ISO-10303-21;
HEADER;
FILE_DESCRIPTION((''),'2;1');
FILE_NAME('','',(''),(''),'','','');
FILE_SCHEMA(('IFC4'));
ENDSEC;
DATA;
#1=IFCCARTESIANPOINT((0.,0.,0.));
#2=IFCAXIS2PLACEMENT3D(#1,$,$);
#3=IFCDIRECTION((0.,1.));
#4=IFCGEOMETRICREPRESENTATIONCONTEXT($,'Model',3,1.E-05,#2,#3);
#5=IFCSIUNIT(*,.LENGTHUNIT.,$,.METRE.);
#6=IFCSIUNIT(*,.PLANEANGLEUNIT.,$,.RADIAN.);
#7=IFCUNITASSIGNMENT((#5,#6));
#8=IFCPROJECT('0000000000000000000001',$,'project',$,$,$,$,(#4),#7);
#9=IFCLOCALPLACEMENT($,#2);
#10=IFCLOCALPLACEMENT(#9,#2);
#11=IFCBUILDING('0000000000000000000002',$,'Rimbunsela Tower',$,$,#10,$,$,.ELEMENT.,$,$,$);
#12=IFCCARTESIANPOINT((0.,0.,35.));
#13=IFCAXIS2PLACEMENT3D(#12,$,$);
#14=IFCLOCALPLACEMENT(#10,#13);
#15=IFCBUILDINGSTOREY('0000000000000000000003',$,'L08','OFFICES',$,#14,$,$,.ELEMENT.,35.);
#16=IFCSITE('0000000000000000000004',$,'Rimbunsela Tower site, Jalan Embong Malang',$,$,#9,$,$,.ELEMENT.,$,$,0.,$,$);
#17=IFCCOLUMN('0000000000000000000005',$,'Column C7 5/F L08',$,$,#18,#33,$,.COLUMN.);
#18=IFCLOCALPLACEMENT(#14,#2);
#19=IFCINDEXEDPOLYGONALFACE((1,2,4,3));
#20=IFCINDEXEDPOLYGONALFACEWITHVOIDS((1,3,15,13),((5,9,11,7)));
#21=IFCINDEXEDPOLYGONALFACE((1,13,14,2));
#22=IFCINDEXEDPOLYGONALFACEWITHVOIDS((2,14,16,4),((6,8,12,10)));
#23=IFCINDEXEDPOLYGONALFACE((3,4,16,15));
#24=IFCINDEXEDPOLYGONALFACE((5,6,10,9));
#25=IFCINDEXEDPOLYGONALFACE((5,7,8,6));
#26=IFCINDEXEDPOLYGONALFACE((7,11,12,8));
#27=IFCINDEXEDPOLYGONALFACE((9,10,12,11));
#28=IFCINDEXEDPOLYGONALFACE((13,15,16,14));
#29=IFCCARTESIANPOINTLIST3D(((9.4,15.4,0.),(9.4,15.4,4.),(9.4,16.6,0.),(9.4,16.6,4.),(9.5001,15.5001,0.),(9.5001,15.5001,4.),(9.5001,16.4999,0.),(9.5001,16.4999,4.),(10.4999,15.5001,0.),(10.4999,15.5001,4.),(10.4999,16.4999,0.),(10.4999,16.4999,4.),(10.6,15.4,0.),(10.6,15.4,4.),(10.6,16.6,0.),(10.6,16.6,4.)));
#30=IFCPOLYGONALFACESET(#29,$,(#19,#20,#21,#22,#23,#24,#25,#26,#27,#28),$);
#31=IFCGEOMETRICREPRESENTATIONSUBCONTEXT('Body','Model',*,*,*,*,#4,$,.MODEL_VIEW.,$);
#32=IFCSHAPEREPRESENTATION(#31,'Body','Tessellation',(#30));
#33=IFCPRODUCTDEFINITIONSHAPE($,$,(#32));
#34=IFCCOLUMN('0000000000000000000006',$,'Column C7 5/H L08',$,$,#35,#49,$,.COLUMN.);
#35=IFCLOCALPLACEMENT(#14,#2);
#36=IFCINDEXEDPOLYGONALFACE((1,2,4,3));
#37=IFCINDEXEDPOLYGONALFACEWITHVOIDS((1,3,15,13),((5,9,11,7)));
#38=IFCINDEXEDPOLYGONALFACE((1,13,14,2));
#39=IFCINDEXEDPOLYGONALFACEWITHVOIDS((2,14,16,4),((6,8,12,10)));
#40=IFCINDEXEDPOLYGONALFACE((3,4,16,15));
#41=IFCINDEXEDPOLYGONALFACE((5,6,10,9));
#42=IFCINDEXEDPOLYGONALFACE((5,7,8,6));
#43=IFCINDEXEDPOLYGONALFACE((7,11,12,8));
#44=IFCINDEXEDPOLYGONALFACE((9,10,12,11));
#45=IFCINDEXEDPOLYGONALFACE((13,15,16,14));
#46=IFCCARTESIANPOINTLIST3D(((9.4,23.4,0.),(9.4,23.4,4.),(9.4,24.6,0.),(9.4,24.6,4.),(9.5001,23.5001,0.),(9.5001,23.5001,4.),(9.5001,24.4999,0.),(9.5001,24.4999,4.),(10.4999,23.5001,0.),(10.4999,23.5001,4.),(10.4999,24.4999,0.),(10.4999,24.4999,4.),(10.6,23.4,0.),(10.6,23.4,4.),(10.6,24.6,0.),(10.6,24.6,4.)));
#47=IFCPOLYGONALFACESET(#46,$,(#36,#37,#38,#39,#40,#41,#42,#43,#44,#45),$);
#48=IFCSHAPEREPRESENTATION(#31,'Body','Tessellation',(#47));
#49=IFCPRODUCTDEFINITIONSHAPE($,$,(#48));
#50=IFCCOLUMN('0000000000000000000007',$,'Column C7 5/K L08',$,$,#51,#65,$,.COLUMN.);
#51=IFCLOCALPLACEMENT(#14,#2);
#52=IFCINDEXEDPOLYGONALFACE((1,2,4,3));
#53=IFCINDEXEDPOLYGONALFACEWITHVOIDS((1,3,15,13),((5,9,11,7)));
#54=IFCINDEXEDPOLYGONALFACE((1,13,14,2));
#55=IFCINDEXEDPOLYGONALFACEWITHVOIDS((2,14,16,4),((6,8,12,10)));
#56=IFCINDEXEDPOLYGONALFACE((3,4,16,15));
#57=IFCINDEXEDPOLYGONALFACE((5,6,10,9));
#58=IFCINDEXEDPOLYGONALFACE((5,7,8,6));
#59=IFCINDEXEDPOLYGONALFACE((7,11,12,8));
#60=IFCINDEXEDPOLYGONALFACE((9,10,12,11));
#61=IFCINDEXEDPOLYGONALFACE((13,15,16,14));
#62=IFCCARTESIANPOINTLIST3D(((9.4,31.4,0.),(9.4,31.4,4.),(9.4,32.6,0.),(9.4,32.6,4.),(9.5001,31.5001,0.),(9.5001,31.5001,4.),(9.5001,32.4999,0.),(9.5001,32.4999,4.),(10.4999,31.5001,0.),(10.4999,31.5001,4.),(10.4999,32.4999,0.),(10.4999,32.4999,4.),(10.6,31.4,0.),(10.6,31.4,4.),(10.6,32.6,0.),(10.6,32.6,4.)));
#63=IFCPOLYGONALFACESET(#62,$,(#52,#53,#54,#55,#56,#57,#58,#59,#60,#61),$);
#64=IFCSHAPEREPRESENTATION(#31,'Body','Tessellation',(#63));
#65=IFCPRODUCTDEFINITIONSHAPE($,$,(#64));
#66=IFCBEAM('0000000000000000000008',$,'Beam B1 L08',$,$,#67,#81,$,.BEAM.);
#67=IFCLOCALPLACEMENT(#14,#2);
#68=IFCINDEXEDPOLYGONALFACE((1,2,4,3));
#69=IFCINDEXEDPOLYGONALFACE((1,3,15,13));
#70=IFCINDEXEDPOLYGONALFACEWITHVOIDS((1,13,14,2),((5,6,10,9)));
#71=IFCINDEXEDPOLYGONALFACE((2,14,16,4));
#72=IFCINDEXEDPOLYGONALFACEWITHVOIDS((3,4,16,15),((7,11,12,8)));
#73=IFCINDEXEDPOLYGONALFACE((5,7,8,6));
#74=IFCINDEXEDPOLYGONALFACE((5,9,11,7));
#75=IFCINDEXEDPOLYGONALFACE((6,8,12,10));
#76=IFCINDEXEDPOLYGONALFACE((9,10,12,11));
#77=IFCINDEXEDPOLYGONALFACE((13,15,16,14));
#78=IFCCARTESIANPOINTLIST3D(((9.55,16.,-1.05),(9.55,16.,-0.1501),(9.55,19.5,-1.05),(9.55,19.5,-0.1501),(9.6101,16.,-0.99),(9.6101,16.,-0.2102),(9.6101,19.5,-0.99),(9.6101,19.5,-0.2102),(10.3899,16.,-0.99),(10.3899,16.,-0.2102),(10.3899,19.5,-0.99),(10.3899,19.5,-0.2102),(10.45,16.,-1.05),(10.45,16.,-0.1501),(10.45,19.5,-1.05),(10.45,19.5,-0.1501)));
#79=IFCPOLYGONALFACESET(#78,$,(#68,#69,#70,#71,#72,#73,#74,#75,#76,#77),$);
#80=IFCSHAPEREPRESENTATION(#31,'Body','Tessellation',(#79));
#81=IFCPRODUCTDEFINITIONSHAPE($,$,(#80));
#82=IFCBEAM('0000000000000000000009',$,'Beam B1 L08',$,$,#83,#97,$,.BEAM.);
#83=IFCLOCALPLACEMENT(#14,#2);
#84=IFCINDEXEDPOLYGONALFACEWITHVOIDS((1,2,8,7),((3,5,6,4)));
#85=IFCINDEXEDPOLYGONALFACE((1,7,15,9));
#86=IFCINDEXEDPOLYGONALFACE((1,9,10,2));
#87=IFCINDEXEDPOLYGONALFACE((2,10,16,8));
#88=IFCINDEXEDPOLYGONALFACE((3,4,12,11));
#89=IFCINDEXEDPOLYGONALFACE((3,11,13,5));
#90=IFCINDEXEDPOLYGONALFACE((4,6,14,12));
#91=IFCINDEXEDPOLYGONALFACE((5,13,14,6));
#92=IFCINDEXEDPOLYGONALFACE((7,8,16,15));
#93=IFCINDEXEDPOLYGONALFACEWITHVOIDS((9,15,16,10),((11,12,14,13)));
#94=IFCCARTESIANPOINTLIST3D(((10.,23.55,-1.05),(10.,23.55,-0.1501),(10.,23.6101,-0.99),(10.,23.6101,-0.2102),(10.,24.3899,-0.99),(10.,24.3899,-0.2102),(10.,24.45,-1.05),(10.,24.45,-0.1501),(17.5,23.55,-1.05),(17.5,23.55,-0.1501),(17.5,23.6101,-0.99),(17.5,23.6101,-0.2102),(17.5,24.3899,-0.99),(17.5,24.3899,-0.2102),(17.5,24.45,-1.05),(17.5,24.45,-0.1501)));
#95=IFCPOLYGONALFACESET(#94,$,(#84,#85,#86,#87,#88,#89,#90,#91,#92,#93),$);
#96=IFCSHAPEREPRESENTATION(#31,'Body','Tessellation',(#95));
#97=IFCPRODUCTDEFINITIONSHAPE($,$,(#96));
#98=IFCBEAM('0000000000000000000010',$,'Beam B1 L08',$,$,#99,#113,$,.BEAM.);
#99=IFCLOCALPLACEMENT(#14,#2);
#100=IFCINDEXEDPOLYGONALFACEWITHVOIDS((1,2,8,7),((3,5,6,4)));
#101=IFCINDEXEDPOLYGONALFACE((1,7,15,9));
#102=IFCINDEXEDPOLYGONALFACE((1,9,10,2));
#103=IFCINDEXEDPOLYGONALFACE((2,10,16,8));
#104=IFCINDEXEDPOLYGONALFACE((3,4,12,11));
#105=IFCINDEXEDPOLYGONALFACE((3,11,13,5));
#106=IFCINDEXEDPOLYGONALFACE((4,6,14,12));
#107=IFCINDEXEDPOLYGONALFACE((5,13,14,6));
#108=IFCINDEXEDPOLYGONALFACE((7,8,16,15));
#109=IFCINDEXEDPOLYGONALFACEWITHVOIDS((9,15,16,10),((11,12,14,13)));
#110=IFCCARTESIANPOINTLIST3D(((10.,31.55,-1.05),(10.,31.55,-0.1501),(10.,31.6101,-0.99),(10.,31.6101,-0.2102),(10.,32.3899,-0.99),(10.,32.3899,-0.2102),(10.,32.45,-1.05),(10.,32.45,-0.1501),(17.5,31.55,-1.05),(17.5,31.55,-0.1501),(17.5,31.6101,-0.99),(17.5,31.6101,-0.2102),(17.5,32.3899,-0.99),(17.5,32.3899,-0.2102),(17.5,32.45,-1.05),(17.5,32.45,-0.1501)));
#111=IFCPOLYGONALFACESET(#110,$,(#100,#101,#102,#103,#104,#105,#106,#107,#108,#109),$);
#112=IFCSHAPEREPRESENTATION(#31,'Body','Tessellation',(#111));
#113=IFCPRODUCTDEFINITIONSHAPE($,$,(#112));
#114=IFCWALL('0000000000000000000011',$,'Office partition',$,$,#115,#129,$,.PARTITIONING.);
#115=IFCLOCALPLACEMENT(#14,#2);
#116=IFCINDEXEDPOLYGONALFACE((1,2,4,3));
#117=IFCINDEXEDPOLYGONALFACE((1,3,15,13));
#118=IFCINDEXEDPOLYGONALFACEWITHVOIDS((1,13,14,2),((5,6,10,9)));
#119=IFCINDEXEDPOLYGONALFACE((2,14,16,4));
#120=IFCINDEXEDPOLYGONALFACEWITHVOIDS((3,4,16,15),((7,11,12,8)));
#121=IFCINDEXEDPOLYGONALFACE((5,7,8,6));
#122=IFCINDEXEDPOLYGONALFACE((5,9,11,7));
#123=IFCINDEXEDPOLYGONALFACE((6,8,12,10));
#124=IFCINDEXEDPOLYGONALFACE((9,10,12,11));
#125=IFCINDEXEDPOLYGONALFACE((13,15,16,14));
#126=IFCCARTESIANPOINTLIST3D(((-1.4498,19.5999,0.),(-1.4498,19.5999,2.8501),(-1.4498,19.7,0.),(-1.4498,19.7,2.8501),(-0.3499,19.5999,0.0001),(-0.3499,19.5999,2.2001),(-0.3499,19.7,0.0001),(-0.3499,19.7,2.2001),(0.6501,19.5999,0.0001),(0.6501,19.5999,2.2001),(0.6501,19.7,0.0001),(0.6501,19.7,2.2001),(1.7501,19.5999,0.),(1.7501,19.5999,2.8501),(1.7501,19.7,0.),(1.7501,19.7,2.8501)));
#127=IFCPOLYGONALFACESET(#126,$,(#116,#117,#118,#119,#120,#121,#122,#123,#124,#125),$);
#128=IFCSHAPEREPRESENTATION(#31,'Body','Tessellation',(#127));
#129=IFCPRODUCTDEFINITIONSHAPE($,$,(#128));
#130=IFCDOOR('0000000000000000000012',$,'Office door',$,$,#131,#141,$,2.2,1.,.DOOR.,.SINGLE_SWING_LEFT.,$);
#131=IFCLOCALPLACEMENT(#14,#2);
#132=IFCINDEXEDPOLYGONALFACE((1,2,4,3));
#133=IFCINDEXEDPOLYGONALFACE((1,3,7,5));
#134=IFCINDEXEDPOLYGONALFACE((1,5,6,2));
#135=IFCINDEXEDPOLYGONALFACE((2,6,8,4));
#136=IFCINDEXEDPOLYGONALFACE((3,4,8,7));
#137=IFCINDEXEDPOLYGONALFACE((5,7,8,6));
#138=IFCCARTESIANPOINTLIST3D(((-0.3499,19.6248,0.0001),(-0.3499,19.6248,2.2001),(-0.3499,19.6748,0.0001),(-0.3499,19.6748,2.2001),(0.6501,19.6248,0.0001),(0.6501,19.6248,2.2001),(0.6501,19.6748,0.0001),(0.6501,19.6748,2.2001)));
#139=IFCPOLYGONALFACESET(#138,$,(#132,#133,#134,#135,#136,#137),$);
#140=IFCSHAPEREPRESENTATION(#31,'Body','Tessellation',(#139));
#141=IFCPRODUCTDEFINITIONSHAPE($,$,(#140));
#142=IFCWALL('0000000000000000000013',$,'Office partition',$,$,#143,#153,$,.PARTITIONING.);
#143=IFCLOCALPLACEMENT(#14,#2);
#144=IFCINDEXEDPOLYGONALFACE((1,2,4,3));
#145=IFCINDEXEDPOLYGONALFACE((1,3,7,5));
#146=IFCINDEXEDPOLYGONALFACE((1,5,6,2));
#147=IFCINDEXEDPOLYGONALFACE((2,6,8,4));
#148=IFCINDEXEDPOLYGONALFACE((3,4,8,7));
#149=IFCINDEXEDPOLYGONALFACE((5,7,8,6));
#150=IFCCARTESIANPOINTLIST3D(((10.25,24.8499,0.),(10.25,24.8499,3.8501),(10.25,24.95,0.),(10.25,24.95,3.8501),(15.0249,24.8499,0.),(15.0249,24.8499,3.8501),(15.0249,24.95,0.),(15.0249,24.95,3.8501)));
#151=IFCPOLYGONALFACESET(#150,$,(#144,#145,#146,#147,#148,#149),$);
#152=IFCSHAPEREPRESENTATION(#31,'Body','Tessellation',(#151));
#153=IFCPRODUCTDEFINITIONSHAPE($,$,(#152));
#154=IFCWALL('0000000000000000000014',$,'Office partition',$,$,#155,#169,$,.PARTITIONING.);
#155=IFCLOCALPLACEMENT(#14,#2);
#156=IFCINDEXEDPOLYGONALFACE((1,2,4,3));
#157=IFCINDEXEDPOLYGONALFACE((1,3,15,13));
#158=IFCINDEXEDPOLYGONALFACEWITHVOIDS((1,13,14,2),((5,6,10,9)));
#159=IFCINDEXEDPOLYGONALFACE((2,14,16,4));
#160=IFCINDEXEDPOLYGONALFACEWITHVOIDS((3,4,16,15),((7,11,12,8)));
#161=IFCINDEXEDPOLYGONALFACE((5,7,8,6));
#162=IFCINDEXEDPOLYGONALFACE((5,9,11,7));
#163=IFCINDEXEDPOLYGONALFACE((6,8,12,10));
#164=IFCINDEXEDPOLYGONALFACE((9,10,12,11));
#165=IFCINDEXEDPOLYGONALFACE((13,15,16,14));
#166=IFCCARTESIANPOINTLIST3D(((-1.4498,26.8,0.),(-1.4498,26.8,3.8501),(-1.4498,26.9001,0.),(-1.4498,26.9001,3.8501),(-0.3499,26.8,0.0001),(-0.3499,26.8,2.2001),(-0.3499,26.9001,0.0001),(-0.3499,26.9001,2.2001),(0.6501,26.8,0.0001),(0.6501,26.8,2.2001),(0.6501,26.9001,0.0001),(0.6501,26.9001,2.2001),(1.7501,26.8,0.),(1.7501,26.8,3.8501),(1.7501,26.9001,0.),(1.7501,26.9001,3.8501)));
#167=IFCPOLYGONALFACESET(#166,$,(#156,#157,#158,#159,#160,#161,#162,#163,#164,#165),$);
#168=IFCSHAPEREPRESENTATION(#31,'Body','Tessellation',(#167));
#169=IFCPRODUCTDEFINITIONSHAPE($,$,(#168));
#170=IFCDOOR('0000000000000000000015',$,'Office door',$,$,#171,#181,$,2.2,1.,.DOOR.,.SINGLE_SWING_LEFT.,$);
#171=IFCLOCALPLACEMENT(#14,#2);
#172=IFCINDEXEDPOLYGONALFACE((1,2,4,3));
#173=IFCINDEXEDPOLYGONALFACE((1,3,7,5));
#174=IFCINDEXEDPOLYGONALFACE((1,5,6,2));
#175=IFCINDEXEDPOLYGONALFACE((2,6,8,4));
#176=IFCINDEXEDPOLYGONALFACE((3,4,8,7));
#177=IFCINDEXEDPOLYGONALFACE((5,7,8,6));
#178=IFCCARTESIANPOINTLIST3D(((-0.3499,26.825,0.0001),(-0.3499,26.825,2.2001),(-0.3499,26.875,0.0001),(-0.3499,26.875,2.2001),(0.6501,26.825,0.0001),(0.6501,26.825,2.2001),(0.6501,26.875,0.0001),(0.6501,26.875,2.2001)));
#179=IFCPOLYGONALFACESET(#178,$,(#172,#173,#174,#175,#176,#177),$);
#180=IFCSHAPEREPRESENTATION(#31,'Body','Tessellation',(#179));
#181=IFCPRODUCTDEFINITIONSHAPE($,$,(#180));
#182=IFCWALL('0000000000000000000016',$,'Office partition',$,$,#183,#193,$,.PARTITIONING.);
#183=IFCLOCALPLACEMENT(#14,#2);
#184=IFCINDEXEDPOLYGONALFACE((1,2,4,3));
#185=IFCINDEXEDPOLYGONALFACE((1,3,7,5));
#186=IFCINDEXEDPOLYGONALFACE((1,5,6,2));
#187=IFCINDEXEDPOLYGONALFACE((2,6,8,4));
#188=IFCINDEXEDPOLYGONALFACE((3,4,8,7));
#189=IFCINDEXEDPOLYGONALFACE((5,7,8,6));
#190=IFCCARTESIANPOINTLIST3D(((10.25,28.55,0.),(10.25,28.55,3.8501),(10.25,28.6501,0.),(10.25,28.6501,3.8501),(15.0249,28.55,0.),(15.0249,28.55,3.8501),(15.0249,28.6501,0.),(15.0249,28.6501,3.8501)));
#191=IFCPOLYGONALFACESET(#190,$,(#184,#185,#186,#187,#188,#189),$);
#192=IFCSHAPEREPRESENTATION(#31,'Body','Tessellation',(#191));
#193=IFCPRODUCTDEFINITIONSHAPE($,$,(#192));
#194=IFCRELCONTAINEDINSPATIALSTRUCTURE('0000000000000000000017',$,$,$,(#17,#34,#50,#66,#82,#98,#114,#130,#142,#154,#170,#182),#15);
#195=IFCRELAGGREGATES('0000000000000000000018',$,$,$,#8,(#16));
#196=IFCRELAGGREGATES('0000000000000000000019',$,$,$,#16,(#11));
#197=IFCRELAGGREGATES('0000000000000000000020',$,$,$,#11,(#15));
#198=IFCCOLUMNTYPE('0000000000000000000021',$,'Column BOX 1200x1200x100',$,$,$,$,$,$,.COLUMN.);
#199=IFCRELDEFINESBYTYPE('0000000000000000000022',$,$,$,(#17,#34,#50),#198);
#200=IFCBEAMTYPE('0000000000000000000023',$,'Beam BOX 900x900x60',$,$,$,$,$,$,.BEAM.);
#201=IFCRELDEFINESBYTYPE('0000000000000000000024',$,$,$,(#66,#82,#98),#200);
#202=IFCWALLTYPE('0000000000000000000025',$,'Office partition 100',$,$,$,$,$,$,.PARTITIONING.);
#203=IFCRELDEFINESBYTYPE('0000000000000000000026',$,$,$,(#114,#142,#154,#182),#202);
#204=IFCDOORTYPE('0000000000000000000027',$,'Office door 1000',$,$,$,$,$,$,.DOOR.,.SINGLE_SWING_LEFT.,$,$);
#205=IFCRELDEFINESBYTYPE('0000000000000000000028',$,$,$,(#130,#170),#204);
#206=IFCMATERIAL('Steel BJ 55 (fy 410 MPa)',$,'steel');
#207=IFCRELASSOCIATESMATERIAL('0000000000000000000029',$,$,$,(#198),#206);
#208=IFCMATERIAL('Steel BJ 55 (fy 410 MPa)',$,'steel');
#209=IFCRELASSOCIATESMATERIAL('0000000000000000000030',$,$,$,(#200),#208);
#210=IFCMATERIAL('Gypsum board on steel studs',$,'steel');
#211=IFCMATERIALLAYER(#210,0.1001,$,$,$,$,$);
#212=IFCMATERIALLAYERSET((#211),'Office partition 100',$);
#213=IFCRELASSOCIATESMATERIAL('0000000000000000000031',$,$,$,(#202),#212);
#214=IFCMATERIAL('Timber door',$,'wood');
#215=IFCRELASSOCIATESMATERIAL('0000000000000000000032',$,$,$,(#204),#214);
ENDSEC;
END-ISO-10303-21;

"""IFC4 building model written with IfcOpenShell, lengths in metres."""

from ifc_helpers import new_model, si_unit, direction, frame, frame_2d, origin, origin_2d, place, context, subcontext, project, spatial, rectangle, hollow_rectangle, extrude, material, layer, layer_set, material_profile, profile_set, type_object, element, fill, save


model = new_model("IFC4")

# Units and contexts
model_context = context("Model", 3, precision=1e-05, world=origin(), true_north=direction((0.0, 1.0)))
body_context = subcontext(model_context, "Body", "Model", "MODEL_VIEW")
ifc_project = project(units=[si_unit("LENGTHUNIT", "METRE"), si_unit("PLANEANGLEUNIT", "RADIAN")], contexts=[model_context])

# Site, building, storey
site_placement = place(None, origin())
site = spatial("IfcSite", under=ifc_project, at=site_placement, Name="Rimbunsela Tower site, Jalan Embong Malang", CompositionType="ELEMENT", RefElevation=0.0)
building_placement = place(site_placement, origin())
building = spatial("IfcBuilding", under=site, at=building_placement, Name="Rimbunsela Tower", CompositionType="ELEMENT")
storey_placement = place(building_placement, frame((0.0, 0.0, 35.0)))
storey = spatial("IfcBuildingStorey", under=building, at=storey_placement, Name="L08", Description="OFFICES", CompositionType="ELEMENT", Elevation=35.0)

# Columns
ifc_material_1 = material(Name="Steel BJ 55 (fy 410 MPa)", Category="steel")
ifc_material_profile_1 = material_profile(ifc_material_1, hollow_rectangle(XDim=1.2, YDim=1.2, WallThickness=0.1001, at=origin_2d()), Name="BOX 1200x1200x100")
ifc_profile_set_1 = profile_set([ifc_material_profile_1], Name="Steel BJ 55 (fy 410 MPa)")
column_type = type_object("IfcColumnType", Name="Column BOX 1200x1200x100", PredefinedType="COLUMN", material=ifc_profile_set_1)
for number, where, z_axis, x_axis, name in (
    (1, (10.0, 16.0, 0.0), (0.0, 0.0, 1.0), (1.0, 0.0, 0.0), "Column C7 5/F L08"),
    (2, (10.0, 24.0, 0.0), (0.0, 0.0, 1.0), (1.0, 0.0, 0.0), "Column C7 5/H L08"),
    (3, (10.0, 32.0, 0.0), (0.0, 0.0, 1.0), (1.0, 0.0, 0.0), "Column C7 5/K L08"),
):
    element("IfcColumn", number, at=place(storey_placement, frame(where, z_axis=z_axis, x_axis=x_axis)), inside=storey, type_object=column_type, Name=name, PredefinedType="COLUMN", context=body_context, shape_type="SweptSolid", body=[
        extrude(hollow_rectangle(XDim=1.2, YDim=1.2, WallThickness=0.1001, at=origin_2d()), origin(), (0.0, 0.0, 1.0), 4.0),
    ])

# Beams
ifc_material_2 = material(Name="Steel BJ 55 (fy 410 MPa)", Category="steel")
ifc_material_profile_2 = material_profile(ifc_material_2, hollow_rectangle(XDim=0.8999, YDim=0.8999, WallThickness=0.0601, at=origin_2d()), Name="BOX 900x900x60")
ifc_profile_set_2 = profile_set([ifc_material_profile_2], Name="Steel BJ 55 (fy 410 MPa)")
beam_type = type_object("IfcBeamType", Name="Beam BOX 900x900x60", PredefinedType="BEAM", material=ifc_profile_set_2)
beam_placement = place(storey_placement, frame((10.0, 16.0, -0.6001), z_axis=(0.0, 1.0, 0.0), x_axis=(-1.0, 0.0, 0.0)))
element("IfcBeam", 4, at=beam_placement, inside=storey, type_object=beam_type, Name="Beam B1 L08", PredefinedType="BEAM", context=body_context, shape_type="SweptSolid", body=[
    extrude(hollow_rectangle(XDim=0.8999, YDim=0.8999, WallThickness=0.0601, at=origin_2d()), origin(), (0.0, 0.0, 1.0), 3.5),
])
for number, where, z_axis, x_axis, name in (
    (5, (10.0, 24.0, -0.6001), (1.0, 0.0, 0.0), (0.0, 1.0, 0.0), "Beam B1 L08"),
    (6, (10.0, 32.0, -0.6001), (1.0, 0.0, 0.0), (0.0, 1.0, 0.0), "Beam B1 L08"),
):
    element("IfcBeam", number, at=place(storey_placement, frame(where, z_axis=z_axis, x_axis=x_axis)), inside=storey, type_object=beam_type, Name=name, PredefinedType="BEAM", context=body_context, shape_type="SweptSolid", body=[
        extrude(hollow_rectangle(XDim=0.8999, YDim=0.8999, WallThickness=0.0601, at=origin_2d()), origin(), (0.0, 0.0, 1.0), 7.5),
    ])

# Wall, opening, door
ifc_material_3 = material(Name="Gypsum board on steel studs", Category="steel")
ifc_layer_1 = layer(ifc_material_3, 0.1001)
ifc_layer_set_1 = layer_set([ifc_layer_1], Name="Office partition 100")
wall_type_1 = type_object("IfcWallType", Name="Office partition 100", PredefinedType="PARTITIONING", material=ifc_layer_set_1)
wall_1_placement = place(storey_placement, frame((-1.45, 19.6499, 0.0), z_axis=(0.0, 0.0, 1.0), x_axis=(1.0, 0.0, 0.0)))
wall_1 = element("IfcWall", 7, at=wall_1_placement, inside=storey, type_object=wall_type_1, Name="Office partition", PredefinedType="PARTITIONING", context=body_context, shape_type="SweptSolid", body=[
    extrude(rectangle(XDim=3.2, YDim=0.1001, at=frame_2d((1.6001, 0.0))), origin(), (0.0, 0.0, 1.0), 2.8501),
])
opening_1_placement = place(wall_1_placement, frame((1.1001, 0.0, 0.0)))
opening_1 = element("IfcOpeningElement", 8, at=opening_1_placement, cuts=wall_1, PredefinedType="OPENING", context=body_context, shape_type="SweptSolid", body=[
    extrude(rectangle(XDim=1.0, YDim=2.2, at=frame_2d((0.5, 1.1001))), frame((0.0, 0.0601, 0.0), z_axis=(0.0, -1.0, 0.0), x_axis=(1.0, 0.0, 0.0)), (0.0, 0.0, 1.0), 0.1201),
])
ifc_material_4 = material(Name="Timber door", Category="wood")
door_type_1 = type_object("IfcDoorType", Name="Office door 1000", OperationType="SINGLE_SWING_LEFT", PredefinedType="DOOR", material=ifc_material_4)
door_1_placement = place(opening_1_placement, origin())
door_1 = element("IfcDoor", 9, at=door_1_placement, inside=storey, type_object=door_type_1, Name="Office door", OperationType="SINGLE_SWING_LEFT", OverallHeight=2.2, OverallWidth=1.0, PredefinedType="DOOR", context=body_context, shape_type="SweptSolid", body=[
    extrude(rectangle(XDim=1.0, YDim=2.2, at=frame_2d((0.5, 1.1001))), frame((0.0, 0.0249, 0.0), z_axis=(0.0, -1.0, 0.0), x_axis=(1.0, 0.0, 0.0)), (0.0, 0.0, 1.0), 0.05),
])
fill(opening_1, door_1)

# Wall
wall_2_placement = place(storey_placement, frame((10.25, 24.8999, 0.0), z_axis=(0.0, 0.0, 1.0), x_axis=(1.0, 0.0, 0.0)))
element("IfcWall", 10, at=wall_2_placement, inside=storey, type_object=wall_type_1, Name="Office partition", PredefinedType="PARTITIONING", context=body_context, shape_type="SweptSolid", body=[
    extrude(rectangle(XDim=4.7749, YDim=0.1001, at=frame_2d((2.3875, 0.0))), origin(), (0.0, 0.0, 1.0), 3.8501),
])

# Wall, opening, door
wall_3_placement = place(storey_placement, frame((-1.45, 26.8501, 0.0), z_axis=(0.0, 0.0, 1.0), x_axis=(1.0, 0.0, 0.0)))
wall_3 = element("IfcWall", 11, at=wall_3_placement, inside=storey, type_object=wall_type_1, Name="Office partition", PredefinedType="PARTITIONING", context=body_context, shape_type="SweptSolid", body=[
    extrude(rectangle(XDim=3.2, YDim=0.1001, at=frame_2d((1.6001, 0.0))), origin(), (0.0, 0.0, 1.0), 3.8501),
])
opening_2_placement = place(wall_3_placement, frame((1.1001, 0.0, 0.0)))
opening_2 = element("IfcOpeningElement", 12, at=opening_2_placement, cuts=wall_3, PredefinedType="OPENING", context=body_context, shape_type="SweptSolid", body=[
    extrude(rectangle(XDim=1.0, YDim=2.2, at=frame_2d((0.5, 1.1001))), frame((0.0, 0.0601, 0.0), z_axis=(0.0, -1.0, 0.0), x_axis=(1.0, 0.0, 0.0)), (0.0, 0.0, 1.0), 0.1201),
])
door_2_placement = place(opening_2_placement, origin())
door_2 = element("IfcDoor", 13, at=door_2_placement, inside=storey, type_object=door_type_1, Name="Office door", OperationType="SINGLE_SWING_LEFT", OverallHeight=2.2, OverallWidth=1.0, PredefinedType="DOOR", context=body_context, shape_type="SweptSolid", body=[
    extrude(rectangle(XDim=1.0, YDim=2.2, at=frame_2d((0.5, 1.1001))), frame((0.0, 0.0249, 0.0), z_axis=(0.0, -1.0, 0.0), x_axis=(1.0, 0.0, 0.0)), (0.0, 0.0, 1.0), 0.05),
])
fill(opening_2, door_2)

# Wall
wall_4_placement = place(storey_placement, frame((10.25, 28.6001, 0.0), z_axis=(0.0, 0.0, 1.0), x_axis=(1.0, 0.0, 0.0)))
element("IfcWall", 14, at=wall_4_placement, inside=storey, type_object=wall_type_1, Name="Office partition", PredefinedType="PARTITIONING", context=body_context, shape_type="SweptSolid", body=[
    extrude(rectangle(XDim=4.7749, YDim=0.1001, at=frame_2d((2.3875, 0.0))), origin(), (0.0, 0.0, 1.0), 3.8501),
])

save(model, "model.ifc")
